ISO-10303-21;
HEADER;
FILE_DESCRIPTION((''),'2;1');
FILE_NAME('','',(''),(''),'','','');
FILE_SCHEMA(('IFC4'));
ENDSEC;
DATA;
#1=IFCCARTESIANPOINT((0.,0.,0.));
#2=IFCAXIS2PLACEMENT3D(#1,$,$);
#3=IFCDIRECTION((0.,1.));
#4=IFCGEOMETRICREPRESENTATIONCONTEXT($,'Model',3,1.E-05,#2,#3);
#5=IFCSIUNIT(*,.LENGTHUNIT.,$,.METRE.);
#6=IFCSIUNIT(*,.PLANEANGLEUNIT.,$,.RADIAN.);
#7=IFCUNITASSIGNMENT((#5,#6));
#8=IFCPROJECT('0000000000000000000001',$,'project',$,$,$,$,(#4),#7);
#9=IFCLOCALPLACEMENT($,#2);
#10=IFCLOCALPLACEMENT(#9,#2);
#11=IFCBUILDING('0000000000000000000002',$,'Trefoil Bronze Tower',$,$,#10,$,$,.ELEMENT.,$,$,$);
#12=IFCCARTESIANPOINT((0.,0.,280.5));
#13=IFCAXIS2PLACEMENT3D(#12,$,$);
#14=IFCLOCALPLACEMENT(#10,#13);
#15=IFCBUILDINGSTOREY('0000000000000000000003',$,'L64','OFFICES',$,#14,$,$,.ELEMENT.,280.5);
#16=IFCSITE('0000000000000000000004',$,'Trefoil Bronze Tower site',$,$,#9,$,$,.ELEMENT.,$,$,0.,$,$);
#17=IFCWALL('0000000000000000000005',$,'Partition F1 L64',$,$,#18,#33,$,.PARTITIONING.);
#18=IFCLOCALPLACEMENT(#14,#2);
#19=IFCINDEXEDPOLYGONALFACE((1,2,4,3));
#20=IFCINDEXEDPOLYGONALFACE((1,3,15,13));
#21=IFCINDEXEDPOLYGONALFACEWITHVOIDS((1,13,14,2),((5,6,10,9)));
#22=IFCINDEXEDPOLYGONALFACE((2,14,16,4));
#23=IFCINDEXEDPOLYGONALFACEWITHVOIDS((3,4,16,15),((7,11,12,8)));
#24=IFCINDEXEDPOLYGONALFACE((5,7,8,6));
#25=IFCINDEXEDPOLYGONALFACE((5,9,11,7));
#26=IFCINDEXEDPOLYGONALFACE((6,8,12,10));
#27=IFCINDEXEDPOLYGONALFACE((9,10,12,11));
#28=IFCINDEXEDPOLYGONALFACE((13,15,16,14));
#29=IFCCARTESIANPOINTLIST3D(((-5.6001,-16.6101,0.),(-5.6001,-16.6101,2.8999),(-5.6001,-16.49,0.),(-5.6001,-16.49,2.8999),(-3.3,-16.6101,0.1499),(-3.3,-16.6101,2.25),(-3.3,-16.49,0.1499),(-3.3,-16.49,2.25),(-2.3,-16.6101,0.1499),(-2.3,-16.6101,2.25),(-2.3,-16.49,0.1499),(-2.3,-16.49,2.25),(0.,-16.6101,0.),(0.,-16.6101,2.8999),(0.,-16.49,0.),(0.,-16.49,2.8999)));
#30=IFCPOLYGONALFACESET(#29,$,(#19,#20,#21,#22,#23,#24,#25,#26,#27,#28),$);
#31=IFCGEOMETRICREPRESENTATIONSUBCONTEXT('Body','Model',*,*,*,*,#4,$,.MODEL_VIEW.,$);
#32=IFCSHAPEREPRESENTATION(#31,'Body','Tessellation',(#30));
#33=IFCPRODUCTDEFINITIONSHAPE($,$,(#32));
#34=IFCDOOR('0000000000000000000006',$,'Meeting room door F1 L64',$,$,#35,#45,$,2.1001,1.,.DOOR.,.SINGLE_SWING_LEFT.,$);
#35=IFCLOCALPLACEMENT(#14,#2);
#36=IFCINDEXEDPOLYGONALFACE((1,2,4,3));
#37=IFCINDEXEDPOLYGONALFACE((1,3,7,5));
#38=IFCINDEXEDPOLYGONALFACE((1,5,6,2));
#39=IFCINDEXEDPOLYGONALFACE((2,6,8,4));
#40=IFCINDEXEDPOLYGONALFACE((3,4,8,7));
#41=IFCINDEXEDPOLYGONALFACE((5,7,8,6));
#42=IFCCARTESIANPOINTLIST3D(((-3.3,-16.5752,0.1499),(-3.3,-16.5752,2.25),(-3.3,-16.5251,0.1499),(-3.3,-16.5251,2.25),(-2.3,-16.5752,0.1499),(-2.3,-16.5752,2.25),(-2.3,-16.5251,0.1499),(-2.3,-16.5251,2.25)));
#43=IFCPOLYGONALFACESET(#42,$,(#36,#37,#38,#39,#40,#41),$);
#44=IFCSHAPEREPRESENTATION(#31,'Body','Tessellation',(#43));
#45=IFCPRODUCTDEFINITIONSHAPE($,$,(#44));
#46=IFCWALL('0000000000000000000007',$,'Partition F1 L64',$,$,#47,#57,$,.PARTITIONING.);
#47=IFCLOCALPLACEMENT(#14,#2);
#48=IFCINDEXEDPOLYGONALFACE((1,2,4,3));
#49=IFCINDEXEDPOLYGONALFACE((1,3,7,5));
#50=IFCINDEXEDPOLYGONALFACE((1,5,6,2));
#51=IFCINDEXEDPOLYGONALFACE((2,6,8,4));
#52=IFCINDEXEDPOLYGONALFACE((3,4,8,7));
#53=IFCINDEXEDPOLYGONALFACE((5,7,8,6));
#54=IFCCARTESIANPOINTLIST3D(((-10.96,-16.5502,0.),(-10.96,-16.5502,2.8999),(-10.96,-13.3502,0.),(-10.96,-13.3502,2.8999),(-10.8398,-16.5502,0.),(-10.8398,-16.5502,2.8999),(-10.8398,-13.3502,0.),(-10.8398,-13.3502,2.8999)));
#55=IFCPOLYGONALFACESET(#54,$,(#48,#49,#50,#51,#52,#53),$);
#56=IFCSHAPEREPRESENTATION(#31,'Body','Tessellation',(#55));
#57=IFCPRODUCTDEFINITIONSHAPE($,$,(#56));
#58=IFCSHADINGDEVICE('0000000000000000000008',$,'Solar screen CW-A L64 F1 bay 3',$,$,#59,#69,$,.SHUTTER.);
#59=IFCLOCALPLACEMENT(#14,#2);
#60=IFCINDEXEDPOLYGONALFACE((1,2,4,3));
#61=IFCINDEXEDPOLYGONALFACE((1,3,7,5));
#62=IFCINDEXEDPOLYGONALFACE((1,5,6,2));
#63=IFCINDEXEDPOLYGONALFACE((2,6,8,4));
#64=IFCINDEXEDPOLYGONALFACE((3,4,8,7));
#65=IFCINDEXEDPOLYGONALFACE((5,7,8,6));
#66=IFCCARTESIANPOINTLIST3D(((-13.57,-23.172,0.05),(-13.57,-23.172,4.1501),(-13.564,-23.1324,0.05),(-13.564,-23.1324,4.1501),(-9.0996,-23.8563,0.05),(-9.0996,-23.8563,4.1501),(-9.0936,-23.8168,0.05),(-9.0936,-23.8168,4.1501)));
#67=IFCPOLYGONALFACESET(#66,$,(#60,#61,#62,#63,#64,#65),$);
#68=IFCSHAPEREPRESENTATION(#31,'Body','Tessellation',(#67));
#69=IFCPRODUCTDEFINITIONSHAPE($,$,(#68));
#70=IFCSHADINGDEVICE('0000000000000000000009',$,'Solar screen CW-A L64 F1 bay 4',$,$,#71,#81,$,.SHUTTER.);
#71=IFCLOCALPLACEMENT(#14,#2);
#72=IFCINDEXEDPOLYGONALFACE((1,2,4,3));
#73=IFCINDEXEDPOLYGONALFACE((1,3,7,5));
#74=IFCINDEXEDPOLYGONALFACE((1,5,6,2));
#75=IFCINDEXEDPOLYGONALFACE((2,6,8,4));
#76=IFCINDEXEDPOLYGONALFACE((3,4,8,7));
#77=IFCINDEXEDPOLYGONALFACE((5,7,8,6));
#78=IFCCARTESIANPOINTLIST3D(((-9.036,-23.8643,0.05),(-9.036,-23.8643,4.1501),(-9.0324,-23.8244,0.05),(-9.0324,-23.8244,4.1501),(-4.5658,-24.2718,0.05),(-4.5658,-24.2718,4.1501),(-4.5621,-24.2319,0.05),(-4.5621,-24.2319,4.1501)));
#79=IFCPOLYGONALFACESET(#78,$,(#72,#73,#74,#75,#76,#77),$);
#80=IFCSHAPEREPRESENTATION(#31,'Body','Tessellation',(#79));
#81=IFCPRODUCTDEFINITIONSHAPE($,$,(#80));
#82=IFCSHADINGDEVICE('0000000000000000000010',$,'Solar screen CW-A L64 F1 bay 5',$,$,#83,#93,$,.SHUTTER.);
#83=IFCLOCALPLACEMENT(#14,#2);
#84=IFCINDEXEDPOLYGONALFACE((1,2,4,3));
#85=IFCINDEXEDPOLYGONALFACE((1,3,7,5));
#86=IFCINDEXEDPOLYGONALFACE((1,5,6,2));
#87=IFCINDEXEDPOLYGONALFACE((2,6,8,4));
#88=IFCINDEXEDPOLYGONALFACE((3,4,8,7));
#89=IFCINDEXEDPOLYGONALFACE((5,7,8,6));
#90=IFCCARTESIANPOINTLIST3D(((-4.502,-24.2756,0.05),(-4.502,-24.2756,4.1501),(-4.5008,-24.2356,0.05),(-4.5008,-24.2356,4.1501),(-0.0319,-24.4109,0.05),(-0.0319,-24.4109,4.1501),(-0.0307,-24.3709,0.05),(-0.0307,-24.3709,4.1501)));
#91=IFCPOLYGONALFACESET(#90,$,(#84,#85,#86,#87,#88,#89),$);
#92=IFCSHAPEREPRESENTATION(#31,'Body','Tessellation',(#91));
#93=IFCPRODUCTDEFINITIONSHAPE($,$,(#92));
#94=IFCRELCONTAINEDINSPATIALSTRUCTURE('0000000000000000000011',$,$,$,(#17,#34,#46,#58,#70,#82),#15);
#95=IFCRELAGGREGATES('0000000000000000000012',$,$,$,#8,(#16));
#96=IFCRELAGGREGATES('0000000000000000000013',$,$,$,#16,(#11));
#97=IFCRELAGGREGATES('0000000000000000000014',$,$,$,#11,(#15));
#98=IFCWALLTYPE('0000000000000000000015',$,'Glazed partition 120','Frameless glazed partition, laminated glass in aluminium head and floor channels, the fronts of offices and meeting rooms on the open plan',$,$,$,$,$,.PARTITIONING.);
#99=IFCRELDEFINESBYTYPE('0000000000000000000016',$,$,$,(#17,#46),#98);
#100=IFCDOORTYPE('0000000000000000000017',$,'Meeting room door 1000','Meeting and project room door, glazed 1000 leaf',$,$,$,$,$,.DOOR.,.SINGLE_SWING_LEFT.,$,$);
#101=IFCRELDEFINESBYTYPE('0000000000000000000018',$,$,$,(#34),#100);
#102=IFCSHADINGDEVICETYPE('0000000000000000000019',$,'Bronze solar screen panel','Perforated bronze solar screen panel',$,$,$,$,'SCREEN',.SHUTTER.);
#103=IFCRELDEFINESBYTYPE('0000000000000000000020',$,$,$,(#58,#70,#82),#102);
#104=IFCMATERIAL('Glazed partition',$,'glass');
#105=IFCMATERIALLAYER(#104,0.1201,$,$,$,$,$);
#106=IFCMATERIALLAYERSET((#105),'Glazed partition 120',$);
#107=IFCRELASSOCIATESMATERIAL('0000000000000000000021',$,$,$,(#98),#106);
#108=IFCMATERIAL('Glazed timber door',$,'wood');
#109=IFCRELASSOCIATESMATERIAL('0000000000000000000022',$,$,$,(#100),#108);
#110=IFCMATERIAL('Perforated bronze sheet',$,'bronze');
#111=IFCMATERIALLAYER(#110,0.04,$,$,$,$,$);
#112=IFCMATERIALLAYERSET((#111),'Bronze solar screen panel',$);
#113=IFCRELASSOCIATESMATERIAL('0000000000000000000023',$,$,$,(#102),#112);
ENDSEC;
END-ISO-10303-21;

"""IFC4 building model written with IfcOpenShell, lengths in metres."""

from ifc_helpers import new_model, si_unit, direction, frame, frame_2d, origin, origin_2d, place, context, subcontext, project, spatial, rectangle, extrude, material, layer, layer_set, type_object, element, fill, save


model = new_model("IFC4")

# Units and contexts
model_context = context("Model", 3, precision=1e-05, world=origin(), true_north=direction((0.0, 1.0)))
body_context = subcontext(model_context, "Body", "Model", "MODEL_VIEW")
ifc_project = project(units=[si_unit("LENGTHUNIT", "METRE"), si_unit("PLANEANGLEUNIT", "RADIAN")], contexts=[model_context])

# Site, building, storey
site_placement = place(None, origin())
site = spatial("IfcSite", under=ifc_project, at=site_placement, Name="Trefoil Bronze Tower site", CompositionType="ELEMENT", RefElevation=0.0)
building_placement = place(site_placement, origin())
building = spatial("IfcBuilding", under=site, at=building_placement, Name="Trefoil Bronze Tower", CompositionType="ELEMENT")
storey_placement = place(building_placement, frame((0.0, 0.0, 280.5)))
storey = spatial("IfcBuildingStorey", under=building, at=storey_placement, Name="L64", Description="OFFICES", CompositionType="ELEMENT", Elevation=280.5)

# Wall, opening, door
ifc_material_1 = material(Name="Glazed partition", Category="glass")
ifc_layer_1 = layer(ifc_material_1, 0.1201)
ifc_layer_set_1 = layer_set([ifc_layer_1], Name="Glazed partition 120")
wall_type = type_object("IfcWallType", Name="Glazed partition 120", Description="Frameless glazed partition, laminated glass in aluminium head and floor channels, the fronts of offices and meeting rooms on the open plan", PredefinedType="PARTITIONING", material=ifc_layer_set_1)
wall_1_placement = place(storey_placement, frame((-5.6001, -16.55, 0.0), z_axis=(0.0, 0.0, 1.0), x_axis=(1.0, 0.0, 0.0)))
wall_1 = element("IfcWall", 1, at=wall_1_placement, inside=storey, type_object=wall_type, Name="Partition F1 L64", PredefinedType="PARTITIONING", context=body_context, shape_type="SweptSolid", body=[
    extrude(rectangle(XDim=5.6001, YDim=0.1201, at=frame_2d((2.8, 0.0))), origin(), (0.0, 0.0, 1.0), 2.8999),
])
opening_1_placement = place(wall_1_placement, frame((2.3, 0.0, 0.1499)))
opening_1 = element("IfcOpeningElement", 2, at=opening_1_placement, cuts=wall_1, PredefinedType="OPENING", context=body_context, shape_type="SweptSolid", body=[
    extrude(rectangle(XDim=1.0, YDim=2.1001, at=frame_2d((0.5, 1.05))), frame((0.0, 0.0701, 0.0), z_axis=(0.0, -1.0, 0.0), x_axis=(1.0, 0.0, 0.0)), (0.0, 0.0, 1.0), 0.1401),
])
ifc_material_2 = material(Name="Glazed timber door", Category="wood")
door_type_1 = type_object("IfcDoorType", Name="Meeting room door 1000", Description="Meeting and project room door, glazed 1000 leaf", OperationType="SINGLE_SWING_LEFT", PredefinedType="DOOR", material=ifc_material_2)
door_1_placement = place(opening_1_placement, origin())
door_1 = element("IfcDoor", 3, at=door_1_placement, inside=storey, type_object=door_type_1, Name="Meeting room door F1 L64", OperationType="SINGLE_SWING_LEFT", OverallHeight=2.1001, OverallWidth=1.0, PredefinedType="DOOR", context=body_context, shape_type="SweptSolid", body=[
    extrude(rectangle(XDim=1.0, YDim=2.1001, at=frame_2d((0.5, 1.05))), frame((0.0, 0.0249, 0.0), z_axis=(0.0, -1.0, 0.0), x_axis=(1.0, 0.0, 0.0)), (0.0, 0.0, 1.0), 0.05),
])
fill(opening_1, door_1)

# Wall
wall_2_placement = place(storey_placement, frame((-10.8999, -13.3501, 0.0), z_axis=(0.0, 0.0, 1.0), x_axis=(0.0, -1.0, 0.0)))
element("IfcWall", 4, at=wall_2_placement, inside=storey, type_object=wall_type, Name="Partition F1 L64", PredefinedType="PARTITIONING", context=body_context, shape_type="SweptSolid", body=[
    extrude(rectangle(XDim=3.2, YDim=0.1201, at=frame_2d((1.6001, 0.0))), origin(), (0.0, 0.0, 1.0), 2.8999),
])

# Shading devices
ifc_material_3 = material(Name="Perforated bronze sheet", Category="bronze")
ifc_layer_2 = layer(ifc_material_3, 0.04)
ifc_layer_set_2 = layer_set([ifc_layer_2], Name="Bronze solar screen panel")
shading_device_type = type_object("IfcShadingDeviceType", Name="Bronze solar screen panel", Description="Perforated bronze solar screen panel", ElementType="SCREEN", PredefinedType="SHUTTER", material=ifc_layer_set_2)
shading_device_1_placement = place(storey_placement, frame((-11.3318, -23.4944, 0.05), z_axis=(0.0, 0.0, 1.0), x_axis=(0.988485, -0.151317, 0.0)))
element("IfcShadingDevice", 5, at=shading_device_1_placement, inside=storey, type_object=shading_device_type, Name="Solar screen CW-A L64 F1 bay 3", PredefinedType="SHUTTER", context=body_context, shape_type="SweptSolid", body=[
    extrude(rectangle(XDim=4.5225, YDim=0.04, at=origin_2d()), origin(), (0.0, 0.0, 1.0), 4.1001),
])
shading_device_2_placement = place(storey_placement, frame((-6.7991, -24.0481, 0.05), z_axis=(0.0, 0.0, 1.0), x_axis=(0.99587, -0.090789, 0.0)))
element("IfcShadingDevice", 6, at=shading_device_2_placement, inside=storey, type_object=shading_device_type, Name="Solar screen CW-A L64 F1 bay 4", PredefinedType="SHUTTER", context=body_context, shape_type="SweptSolid", body=[
    extrude(rectangle(XDim=4.4888, YDim=0.04, at=origin_2d()), origin(), (0.0, 0.0, 1.0), 4.1001),
])
shading_device_3_placement = place(storey_placement, frame((-2.2664, -24.3232, 0.05), z_axis=(0.0, 0.0, 1.0), x_axis=(0.999542, -0.030263, 0.0)))
element("IfcShadingDevice", 7, at=shading_device_3_placement, inside=storey, type_object=shading_device_type, Name="Solar screen CW-A L64 F1 bay 5", PredefinedType="SHUTTER", context=body_context, shape_type="SweptSolid", body=[
    extrude(rectangle(XDim=4.4722, YDim=0.04, at=origin_2d()), origin(), (0.0, 0.0, 1.0), 4.1001),
])

save(model, "model.ifc")
